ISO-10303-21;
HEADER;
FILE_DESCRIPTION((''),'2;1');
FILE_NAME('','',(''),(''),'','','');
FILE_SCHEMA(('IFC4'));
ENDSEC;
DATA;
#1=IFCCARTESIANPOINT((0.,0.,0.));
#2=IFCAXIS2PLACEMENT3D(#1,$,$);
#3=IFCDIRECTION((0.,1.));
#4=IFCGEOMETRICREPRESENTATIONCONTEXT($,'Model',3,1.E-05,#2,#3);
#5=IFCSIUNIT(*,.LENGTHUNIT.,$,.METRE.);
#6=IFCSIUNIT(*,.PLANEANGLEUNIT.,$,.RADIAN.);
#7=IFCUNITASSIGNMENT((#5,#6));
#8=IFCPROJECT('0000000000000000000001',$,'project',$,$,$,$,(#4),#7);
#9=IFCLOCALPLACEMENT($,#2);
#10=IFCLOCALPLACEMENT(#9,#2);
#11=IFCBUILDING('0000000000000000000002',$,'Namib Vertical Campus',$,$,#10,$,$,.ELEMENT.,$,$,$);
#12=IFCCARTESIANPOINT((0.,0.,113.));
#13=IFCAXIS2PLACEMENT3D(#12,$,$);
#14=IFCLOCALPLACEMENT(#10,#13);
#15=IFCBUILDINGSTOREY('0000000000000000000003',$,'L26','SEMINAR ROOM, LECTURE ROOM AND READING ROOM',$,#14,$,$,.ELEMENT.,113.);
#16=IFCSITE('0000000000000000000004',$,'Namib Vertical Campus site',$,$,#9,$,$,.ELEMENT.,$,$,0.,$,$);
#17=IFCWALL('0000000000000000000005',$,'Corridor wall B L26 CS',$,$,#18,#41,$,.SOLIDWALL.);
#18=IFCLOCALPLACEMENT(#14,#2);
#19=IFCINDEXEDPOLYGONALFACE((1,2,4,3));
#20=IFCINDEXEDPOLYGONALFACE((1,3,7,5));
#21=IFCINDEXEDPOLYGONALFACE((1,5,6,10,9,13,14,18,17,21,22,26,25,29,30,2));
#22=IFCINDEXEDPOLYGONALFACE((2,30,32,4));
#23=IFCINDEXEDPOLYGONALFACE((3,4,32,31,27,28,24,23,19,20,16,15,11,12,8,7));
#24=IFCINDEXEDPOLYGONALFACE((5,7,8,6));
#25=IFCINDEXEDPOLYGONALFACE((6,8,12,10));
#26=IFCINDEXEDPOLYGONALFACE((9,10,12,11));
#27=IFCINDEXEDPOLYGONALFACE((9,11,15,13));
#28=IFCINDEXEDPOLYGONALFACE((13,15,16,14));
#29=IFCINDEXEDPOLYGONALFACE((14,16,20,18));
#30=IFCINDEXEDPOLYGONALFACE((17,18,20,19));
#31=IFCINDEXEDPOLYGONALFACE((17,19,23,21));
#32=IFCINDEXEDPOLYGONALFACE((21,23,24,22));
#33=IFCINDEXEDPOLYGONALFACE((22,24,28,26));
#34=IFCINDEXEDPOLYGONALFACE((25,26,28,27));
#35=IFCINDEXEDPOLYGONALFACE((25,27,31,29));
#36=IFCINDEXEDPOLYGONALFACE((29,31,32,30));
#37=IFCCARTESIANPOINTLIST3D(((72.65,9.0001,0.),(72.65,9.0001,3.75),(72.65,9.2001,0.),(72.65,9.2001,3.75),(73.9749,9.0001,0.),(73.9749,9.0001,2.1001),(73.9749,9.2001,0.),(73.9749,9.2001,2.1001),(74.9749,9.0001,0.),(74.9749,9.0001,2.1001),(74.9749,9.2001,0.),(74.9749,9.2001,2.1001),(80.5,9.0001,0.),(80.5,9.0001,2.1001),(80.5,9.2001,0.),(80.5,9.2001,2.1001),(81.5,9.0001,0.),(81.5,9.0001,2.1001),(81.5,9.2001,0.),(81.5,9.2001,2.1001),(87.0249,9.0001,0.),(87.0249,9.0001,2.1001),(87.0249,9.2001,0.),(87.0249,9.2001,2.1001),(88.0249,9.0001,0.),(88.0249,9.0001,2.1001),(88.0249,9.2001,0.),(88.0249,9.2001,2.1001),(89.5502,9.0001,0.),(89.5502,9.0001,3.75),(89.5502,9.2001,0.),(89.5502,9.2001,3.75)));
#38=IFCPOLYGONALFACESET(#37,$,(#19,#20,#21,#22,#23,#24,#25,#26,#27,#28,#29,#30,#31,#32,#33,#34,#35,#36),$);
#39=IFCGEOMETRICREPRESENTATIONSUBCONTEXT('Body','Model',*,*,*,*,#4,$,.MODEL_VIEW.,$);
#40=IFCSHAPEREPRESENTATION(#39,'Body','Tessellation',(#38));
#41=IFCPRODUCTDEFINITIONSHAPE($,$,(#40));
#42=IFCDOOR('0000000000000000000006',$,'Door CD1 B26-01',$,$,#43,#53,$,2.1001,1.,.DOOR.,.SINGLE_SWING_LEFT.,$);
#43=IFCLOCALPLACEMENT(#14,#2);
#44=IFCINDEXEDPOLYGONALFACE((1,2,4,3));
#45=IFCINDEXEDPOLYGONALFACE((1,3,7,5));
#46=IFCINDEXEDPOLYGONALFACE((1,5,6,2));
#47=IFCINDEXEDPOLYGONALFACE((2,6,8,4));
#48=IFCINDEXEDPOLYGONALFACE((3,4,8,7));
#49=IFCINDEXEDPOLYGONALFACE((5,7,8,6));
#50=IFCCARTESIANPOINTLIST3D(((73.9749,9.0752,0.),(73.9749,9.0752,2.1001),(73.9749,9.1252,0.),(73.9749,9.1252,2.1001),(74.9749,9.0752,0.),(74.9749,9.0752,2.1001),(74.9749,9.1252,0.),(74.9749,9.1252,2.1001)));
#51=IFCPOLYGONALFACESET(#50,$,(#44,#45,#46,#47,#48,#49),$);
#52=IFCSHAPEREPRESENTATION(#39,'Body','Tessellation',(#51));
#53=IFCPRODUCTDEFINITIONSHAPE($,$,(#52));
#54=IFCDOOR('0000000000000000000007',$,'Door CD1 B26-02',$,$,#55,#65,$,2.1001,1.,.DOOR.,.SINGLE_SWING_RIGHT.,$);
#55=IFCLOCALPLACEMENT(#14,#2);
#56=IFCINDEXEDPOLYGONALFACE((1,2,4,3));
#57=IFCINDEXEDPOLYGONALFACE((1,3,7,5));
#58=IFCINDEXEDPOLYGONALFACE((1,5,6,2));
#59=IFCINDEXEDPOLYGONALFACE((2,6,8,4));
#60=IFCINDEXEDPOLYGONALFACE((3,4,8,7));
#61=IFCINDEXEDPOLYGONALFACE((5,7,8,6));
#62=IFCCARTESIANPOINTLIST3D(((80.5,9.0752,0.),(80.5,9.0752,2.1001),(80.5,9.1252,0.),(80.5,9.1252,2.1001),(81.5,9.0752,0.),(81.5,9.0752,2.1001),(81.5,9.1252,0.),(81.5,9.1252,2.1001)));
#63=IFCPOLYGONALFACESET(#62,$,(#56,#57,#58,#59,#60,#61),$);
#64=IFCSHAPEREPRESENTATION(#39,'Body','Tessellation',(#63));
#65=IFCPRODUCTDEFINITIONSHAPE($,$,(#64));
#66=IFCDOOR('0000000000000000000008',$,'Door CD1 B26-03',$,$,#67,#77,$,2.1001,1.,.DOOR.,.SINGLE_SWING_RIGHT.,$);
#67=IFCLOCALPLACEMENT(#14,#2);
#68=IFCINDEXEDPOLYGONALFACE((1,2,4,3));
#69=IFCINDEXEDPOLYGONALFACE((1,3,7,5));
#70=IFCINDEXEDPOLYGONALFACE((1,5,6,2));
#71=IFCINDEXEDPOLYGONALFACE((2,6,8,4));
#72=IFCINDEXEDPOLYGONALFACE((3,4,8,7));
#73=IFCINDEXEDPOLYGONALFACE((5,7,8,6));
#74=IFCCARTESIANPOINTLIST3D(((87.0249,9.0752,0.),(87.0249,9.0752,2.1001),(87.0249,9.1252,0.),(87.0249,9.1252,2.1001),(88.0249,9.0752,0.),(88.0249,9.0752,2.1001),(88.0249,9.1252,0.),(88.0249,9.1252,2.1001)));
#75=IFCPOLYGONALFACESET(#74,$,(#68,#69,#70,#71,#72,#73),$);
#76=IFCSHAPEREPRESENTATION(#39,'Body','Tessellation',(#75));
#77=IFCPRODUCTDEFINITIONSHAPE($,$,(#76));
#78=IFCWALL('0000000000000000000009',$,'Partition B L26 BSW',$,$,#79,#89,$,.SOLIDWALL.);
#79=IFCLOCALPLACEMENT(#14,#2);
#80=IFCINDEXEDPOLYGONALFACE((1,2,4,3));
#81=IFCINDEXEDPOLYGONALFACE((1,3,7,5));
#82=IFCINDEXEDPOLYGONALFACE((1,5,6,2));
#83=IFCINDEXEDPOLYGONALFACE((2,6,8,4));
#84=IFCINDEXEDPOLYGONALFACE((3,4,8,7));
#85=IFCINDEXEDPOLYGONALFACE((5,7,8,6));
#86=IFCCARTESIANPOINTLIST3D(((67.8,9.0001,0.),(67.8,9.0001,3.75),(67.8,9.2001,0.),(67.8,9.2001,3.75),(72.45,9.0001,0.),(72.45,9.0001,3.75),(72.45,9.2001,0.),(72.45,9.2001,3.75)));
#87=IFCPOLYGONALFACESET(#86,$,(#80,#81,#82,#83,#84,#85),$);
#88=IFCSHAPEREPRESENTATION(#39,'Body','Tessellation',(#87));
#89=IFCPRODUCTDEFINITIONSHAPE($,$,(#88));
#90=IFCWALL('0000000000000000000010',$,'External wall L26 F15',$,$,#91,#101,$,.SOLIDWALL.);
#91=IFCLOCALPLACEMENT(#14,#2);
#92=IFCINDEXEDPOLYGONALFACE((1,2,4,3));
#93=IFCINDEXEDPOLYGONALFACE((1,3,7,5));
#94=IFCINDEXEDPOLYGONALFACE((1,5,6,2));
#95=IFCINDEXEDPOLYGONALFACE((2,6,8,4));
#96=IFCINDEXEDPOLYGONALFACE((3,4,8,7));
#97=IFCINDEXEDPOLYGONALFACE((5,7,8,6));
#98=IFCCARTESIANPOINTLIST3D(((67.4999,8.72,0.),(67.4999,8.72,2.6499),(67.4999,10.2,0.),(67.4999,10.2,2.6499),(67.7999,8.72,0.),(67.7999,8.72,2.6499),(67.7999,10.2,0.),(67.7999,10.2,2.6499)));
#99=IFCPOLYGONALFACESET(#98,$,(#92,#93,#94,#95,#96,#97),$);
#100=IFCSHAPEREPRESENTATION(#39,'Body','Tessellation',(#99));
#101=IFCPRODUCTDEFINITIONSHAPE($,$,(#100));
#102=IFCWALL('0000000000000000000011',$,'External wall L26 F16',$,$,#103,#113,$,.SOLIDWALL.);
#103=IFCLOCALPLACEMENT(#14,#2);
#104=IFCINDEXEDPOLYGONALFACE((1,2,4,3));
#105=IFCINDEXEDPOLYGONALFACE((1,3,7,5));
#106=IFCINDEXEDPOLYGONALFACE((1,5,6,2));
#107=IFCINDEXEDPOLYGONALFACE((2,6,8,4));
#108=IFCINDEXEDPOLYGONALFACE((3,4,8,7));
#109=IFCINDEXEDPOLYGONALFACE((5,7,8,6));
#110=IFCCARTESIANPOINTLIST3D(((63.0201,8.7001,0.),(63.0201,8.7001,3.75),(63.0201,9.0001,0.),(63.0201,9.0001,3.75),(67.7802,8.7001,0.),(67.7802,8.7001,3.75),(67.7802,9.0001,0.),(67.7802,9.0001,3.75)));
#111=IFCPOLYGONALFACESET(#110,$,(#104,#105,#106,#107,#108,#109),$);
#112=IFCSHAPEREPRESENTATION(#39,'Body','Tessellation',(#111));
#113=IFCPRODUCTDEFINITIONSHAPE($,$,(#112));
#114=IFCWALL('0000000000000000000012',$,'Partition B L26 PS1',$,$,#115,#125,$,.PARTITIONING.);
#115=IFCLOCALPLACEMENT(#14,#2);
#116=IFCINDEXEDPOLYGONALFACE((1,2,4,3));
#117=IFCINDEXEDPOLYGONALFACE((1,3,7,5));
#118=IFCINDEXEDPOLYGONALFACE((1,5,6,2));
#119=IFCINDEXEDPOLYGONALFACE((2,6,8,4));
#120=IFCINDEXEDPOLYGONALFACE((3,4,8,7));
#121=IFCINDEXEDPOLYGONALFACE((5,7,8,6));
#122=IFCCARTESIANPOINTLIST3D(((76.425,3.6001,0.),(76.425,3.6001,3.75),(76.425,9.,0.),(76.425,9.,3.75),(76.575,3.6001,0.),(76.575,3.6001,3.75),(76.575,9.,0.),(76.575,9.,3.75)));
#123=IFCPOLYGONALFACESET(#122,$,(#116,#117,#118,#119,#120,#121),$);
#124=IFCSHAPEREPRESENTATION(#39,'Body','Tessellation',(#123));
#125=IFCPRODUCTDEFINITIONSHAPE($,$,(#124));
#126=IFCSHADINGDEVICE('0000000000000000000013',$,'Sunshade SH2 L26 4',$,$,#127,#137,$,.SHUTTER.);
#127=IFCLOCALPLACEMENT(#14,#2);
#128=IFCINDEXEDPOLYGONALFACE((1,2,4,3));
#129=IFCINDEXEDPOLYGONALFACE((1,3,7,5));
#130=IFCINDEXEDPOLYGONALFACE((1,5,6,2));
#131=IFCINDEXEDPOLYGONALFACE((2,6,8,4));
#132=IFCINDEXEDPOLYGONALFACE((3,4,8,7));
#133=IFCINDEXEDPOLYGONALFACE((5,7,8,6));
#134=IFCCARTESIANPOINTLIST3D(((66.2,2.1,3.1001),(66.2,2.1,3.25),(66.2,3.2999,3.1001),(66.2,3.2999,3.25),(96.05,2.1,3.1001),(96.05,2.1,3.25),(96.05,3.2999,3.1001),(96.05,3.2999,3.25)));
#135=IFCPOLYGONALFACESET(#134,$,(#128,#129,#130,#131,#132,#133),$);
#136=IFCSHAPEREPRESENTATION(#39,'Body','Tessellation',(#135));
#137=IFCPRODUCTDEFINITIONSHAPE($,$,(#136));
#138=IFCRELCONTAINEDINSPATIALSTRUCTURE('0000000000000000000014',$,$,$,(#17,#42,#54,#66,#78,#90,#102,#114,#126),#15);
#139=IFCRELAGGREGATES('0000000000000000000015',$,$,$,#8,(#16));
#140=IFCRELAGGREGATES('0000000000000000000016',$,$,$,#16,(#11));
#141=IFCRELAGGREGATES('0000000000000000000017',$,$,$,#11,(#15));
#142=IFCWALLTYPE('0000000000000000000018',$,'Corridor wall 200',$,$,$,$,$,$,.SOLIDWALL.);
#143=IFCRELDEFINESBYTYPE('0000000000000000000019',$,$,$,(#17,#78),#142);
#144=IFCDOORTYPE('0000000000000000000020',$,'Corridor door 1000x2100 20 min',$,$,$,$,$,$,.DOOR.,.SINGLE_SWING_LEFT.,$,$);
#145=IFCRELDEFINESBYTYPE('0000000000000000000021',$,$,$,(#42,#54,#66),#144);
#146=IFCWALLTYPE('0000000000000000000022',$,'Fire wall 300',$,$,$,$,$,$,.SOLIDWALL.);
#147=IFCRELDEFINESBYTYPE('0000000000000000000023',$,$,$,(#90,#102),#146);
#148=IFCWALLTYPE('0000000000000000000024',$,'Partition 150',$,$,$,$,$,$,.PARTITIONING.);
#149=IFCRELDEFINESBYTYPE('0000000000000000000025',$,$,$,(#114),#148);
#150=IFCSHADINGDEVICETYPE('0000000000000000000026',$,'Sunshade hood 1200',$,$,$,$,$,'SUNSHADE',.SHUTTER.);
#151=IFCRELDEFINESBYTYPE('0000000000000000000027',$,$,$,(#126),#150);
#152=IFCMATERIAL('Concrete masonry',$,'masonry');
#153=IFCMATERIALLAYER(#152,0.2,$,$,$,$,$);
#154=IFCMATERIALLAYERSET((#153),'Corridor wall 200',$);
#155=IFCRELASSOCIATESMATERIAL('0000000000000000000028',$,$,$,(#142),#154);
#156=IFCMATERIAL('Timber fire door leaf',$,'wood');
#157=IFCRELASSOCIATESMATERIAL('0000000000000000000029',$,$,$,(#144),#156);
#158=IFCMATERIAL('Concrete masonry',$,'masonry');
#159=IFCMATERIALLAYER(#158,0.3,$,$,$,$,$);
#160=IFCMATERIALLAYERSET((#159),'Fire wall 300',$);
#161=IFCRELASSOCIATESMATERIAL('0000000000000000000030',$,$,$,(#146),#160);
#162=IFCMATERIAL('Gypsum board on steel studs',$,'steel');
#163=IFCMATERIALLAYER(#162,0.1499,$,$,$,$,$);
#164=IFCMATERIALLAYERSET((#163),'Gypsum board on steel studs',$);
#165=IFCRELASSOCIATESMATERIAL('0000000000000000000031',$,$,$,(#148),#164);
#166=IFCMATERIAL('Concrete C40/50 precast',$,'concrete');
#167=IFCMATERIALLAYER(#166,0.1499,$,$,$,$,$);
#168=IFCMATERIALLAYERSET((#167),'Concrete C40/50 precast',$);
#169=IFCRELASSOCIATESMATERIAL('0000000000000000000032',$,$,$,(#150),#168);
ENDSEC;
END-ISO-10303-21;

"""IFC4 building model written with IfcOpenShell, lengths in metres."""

from ifc_helpers import new_model, si_unit, direction, frame, frame_2d, origin, origin_2d, place, context, subcontext, project, spatial, rectangle, extrude, material, layer, layer_set, type_object, element, fill, save


model = new_model("IFC4")

# Units and contexts
model_context = context("Model", 3, precision=1e-05, world=origin(), true_north=direction((0.0, 1.0)))
body_context = subcontext(model_context, "Body", "Model", "MODEL_VIEW")
ifc_project = project(units=[si_unit("LENGTHUNIT", "METRE"), si_unit("PLANEANGLEUNIT", "RADIAN")], contexts=[model_context])

# Site, building, storey
site_placement = place(None, origin())
site = spatial("IfcSite", under=ifc_project, at=site_placement, Name="Namib Vertical Campus site", CompositionType="ELEMENT", RefElevation=0.0)
building_placement = place(site_placement, origin())
building = spatial("IfcBuilding", under=site, at=building_placement, Name="Namib Vertical Campus", CompositionType="ELEMENT")
storey_placement = place(building_placement, frame((0.0, 0.0, 113.0)))
storey = spatial("IfcBuildingStorey", under=building, at=storey_placement, Name="L26", Description="SEMINAR ROOM, LECTURE ROOM AND READING ROOM", CompositionType="ELEMENT", Elevation=113.0)

# Wall, openings, doors
ifc_material_1 = material(Name="Concrete masonry", Category="masonry")
ifc_layer_1 = layer(ifc_material_1, 0.2)
ifc_layer_set_1 = layer_set([ifc_layer_1], Name="Corridor wall 200")
wall_type_1 = type_object("IfcWallType", Name="Corridor wall 200", PredefinedType="SOLIDWALL", material=ifc_layer_set_1)
wall_1_placement = place(storey_placement, frame((72.6499, 9.1001, 0.0), z_axis=(0.0, 0.0, 1.0), x_axis=(1.0, 0.0, 0.0)))
wall_1 = element("IfcWall", 1, at=wall_1_placement, inside=storey, type_object=wall_type_1, Name="Corridor wall B L26 CS", PredefinedType="SOLIDWALL", context=body_context, shape_type="SweptSolid", body=[
    extrude(rectangle(XDim=16.9001, YDim=0.2, at=frame_2d((8.4502, 0.0))), origin(), (0.0, 0.0, 1.0), 3.75),
])
opening_1_placement = place(wall_1_placement, frame((1.325, 0.0, 0.0)))
opening_1 = element("IfcOpeningElement", 2, at=opening_1_placement, cuts=wall_1, PredefinedType="OPENING", context=body_context, shape_type="SweptSolid", body=[
    extrude(rectangle(XDim=1.0, YDim=2.1001, at=frame_2d((0.5, 1.05))), frame((0.0, 0.1099, 0.0), z_axis=(0.0, -1.0, 0.0), x_axis=(1.0, 0.0, 0.0)), (0.0, 0.0, 1.0), 0.22),
])
opening_2_placement = place(wall_1_placement, frame((7.8501, 0.0, 0.0)))
opening_2 = element("IfcOpeningElement", 3, at=opening_2_placement, cuts=wall_1, PredefinedType="OPENING", context=body_context, shape_type="SweptSolid", body=[
    extrude(rectangle(XDim=1.0, YDim=2.1001, at=frame_2d((0.5, 1.05))), frame((0.0, 0.1099, 0.0), z_axis=(0.0, -1.0, 0.0), x_axis=(1.0, 0.0, 0.0)), (0.0, 0.0, 1.0), 0.22),
])
opening_3_placement = place(wall_1_placement, frame((14.375, 0.0, 0.0)))
opening_3 = element("IfcOpeningElement", 4, at=opening_3_placement, cuts=wall_1, PredefinedType="OPENING", context=body_context, shape_type="SweptSolid", body=[
    extrude(rectangle(XDim=1.0, YDim=2.1001, at=frame_2d((0.5, 1.05))), frame((0.0, 0.1099, 0.0), z_axis=(0.0, -1.0, 0.0), x_axis=(1.0, 0.0, 0.0)), (0.0, 0.0, 1.0), 0.22),
])
ifc_material_2 = material(Name="Timber fire door leaf", Category="wood")
door_type_1 = type_object("IfcDoorType", Name="Corridor door 1000x2100 20 min", OperationType="SINGLE_SWING_LEFT", PredefinedType="DOOR", material=ifc_material_2)
door_1_placement = place(opening_1_placement, frame((1.0, 0.0, 0.0), z_axis=(0.0, 0.0, 1.0), x_axis=(-1.0, 0.0, 0.0)))
door_1 = element("IfcDoor", 5, at=door_1_placement, inside=storey, type_object=door_type_1, Name="Door CD1 B26-01", OperationType="SINGLE_SWING_LEFT", OverallHeight=2.1001, OverallWidth=1.0, PredefinedType="DOOR", context=body_context, shape_type="SweptSolid", body=[
    extrude(rectangle(XDim=1.0, YDim=2.1001, at=frame_2d((0.5, 1.05))), frame((0.0, 0.0249, 0.0), z_axis=(0.0, -1.0, 0.0), x_axis=(1.0, 0.0, 0.0)), (0.0, 0.0, 1.0), 0.05),
])
fill(opening_1, door_1)
door_2_placement = place(opening_2_placement, frame((1.0, 0.0, 0.0), z_axis=(0.0, 0.0, 1.0), x_axis=(-1.0, 0.0, 0.0)))
door_2 = element("IfcDoor", 6, at=door_2_placement, inside=storey, type_object=door_type_1, Name="Door CD1 B26-02", OperationType="SINGLE_SWING_RIGHT", OverallHeight=2.1001, OverallWidth=1.0, PredefinedType="DOOR", context=body_context, shape_type="SweptSolid", body=[
    extrude(rectangle(XDim=1.0, YDim=2.1001, at=frame_2d((0.5, 1.05))), frame((0.0, 0.0249, 0.0), z_axis=(0.0, -1.0, 0.0), x_axis=(1.0, 0.0, 0.0)), (0.0, 0.0, 1.0), 0.05),
])
fill(opening_2, door_2)
door_3_placement = place(opening_3_placement, frame((1.0, 0.0, 0.0), z_axis=(0.0, 0.0, 1.0), x_axis=(-1.0, 0.0, 0.0)))
door_3 = element("IfcDoor", 7, at=door_3_placement, inside=storey, type_object=door_type_1, Name="Door CD1 B26-03", OperationType="SINGLE_SWING_RIGHT", OverallHeight=2.1001, OverallWidth=1.0, PredefinedType="DOOR", context=body_context, shape_type="SweptSolid", body=[
    extrude(rectangle(XDim=1.0, YDim=2.1001, at=frame_2d((0.5, 1.05))), frame((0.0, 0.0249, 0.0), z_axis=(0.0, -1.0, 0.0), x_axis=(1.0, 0.0, 0.0)), (0.0, 0.0, 1.0), 0.05),
])
fill(opening_3, door_3)

# Walls
wall_2_placement = place(storey_placement, frame((67.8, 9.1001, 0.0), z_axis=(0.0, 0.0, 1.0), x_axis=(1.0, 0.0, 0.0)))
element("IfcWall", 8, at=wall_2_placement, inside=storey, type_object=wall_type_1, Name="Partition B L26 BSW", PredefinedType="SOLIDWALL", context=body_context, shape_type="SweptSolid", body=[
    extrude(rectangle(XDim=4.6499, YDim=0.2, at=frame_2d((2.325, 0.0))), origin(), (0.0, 0.0, 1.0), 3.75),
])
ifc_material_3 = material(Name="Concrete masonry", Category="masonry")
ifc_layer_2 = layer(ifc_material_3, 0.3)
ifc_layer_set_2 = layer_set([ifc_layer_2], Name="Fire wall 300")
wall_type_2 = type_object("IfcWallType", Name="Fire wall 300", PredefinedType="SOLIDWALL", material=ifc_layer_set_2)
wall_3_placement = place(storey_placement, frame((67.6499, 10.2, 0.0), z_axis=(0.0, 0.0, 1.0), x_axis=(0.0, -1.0, 0.0)))
element("IfcWall", 9, at=wall_3_placement, inside=storey, type_object=wall_type_2, Name="External wall L26 F15", PredefinedType="SOLIDWALL", context=body_context, shape_type="SweptSolid", body=[
    extrude(rectangle(XDim=1.48, YDim=0.3, at=frame_2d((0.74, 0.0))), origin(), (0.0, 0.0, 1.0), 2.6499),
])
wall_4_placement = place(storey_placement, frame((67.78, 8.8501, 0.0), z_axis=(0.0, 0.0, 1.0), x_axis=(-1.0, 0.0, 0.0)))
element("IfcWall", 10, at=wall_4_placement, inside=storey, type_object=wall_type_2, Name="External wall L26 F16", PredefinedType="SOLIDWALL", context=body_context, shape_type="SweptSolid", body=[
    extrude(rectangle(XDim=4.76, YDim=0.3, at=frame_2d((2.3799, 0.0))), origin(), (0.0, 0.0, 1.0), 3.75),
])
ifc_material_4 = material(Name="Gypsum board on steel studs", Category="steel")
ifc_layer_3 = layer(ifc_material_4, 0.1499)
ifc_layer_set_3 = layer_set([ifc_layer_3], Name="Gypsum board on steel studs")
wall_type_3 = type_object("IfcWallType", Name="Partition 150", PredefinedType="PARTITIONING", material=ifc_layer_set_3)
wall_5_placement = place(storey_placement, frame((76.5, 3.6001, 0.0), z_axis=(0.0, 0.0, 1.0), x_axis=(0.0, 1.0, 0.0)))
element("IfcWall", 11, at=wall_5_placement, inside=storey, type_object=wall_type_3, Name="Partition B L26 PS1", PredefinedType="PARTITIONING", context=body_context, shape_type="SweptSolid", body=[
    extrude(rectangle(XDim=5.3999, YDim=0.1499, at=frame_2d((2.7, 0.0))), origin(), (0.0, 0.0, 1.0), 3.75),
])

# Shading device
ifc_material_5 = material(Name="Concrete C40/50 precast", Category="concrete")
ifc_layer_4 = layer(ifc_material_5, 0.1499)
ifc_layer_set_4 = layer_set([ifc_layer_4], Name="Concrete C40/50 precast")
shading_device_type = type_object("IfcShadingDeviceType", Name="Sunshade hood 1200", ElementType="SUNSHADE", PredefinedType="SHUTTER", material=ifc_layer_set_4)
shading_device_placement = place(storey_placement, frame((81.125, 2.7, 3.1001), z_axis=(0.0, 0.0, 1.0), x_axis=(1.0, 0.0, 0.0)))
element("IfcShadingDevice", 12, at=shading_device_placement, inside=storey, type_object=shading_device_type, Name="Sunshade SH2 L26 4", PredefinedType="SHUTTER", context=body_context, shape_type="SweptSolid", body=[
    extrude(rectangle(XDim=29.8501, YDim=1.2, at=origin_2d()), origin(), (0.0, 0.0, 1.0), 0.1499),
])

save(model, "model.ifc")
